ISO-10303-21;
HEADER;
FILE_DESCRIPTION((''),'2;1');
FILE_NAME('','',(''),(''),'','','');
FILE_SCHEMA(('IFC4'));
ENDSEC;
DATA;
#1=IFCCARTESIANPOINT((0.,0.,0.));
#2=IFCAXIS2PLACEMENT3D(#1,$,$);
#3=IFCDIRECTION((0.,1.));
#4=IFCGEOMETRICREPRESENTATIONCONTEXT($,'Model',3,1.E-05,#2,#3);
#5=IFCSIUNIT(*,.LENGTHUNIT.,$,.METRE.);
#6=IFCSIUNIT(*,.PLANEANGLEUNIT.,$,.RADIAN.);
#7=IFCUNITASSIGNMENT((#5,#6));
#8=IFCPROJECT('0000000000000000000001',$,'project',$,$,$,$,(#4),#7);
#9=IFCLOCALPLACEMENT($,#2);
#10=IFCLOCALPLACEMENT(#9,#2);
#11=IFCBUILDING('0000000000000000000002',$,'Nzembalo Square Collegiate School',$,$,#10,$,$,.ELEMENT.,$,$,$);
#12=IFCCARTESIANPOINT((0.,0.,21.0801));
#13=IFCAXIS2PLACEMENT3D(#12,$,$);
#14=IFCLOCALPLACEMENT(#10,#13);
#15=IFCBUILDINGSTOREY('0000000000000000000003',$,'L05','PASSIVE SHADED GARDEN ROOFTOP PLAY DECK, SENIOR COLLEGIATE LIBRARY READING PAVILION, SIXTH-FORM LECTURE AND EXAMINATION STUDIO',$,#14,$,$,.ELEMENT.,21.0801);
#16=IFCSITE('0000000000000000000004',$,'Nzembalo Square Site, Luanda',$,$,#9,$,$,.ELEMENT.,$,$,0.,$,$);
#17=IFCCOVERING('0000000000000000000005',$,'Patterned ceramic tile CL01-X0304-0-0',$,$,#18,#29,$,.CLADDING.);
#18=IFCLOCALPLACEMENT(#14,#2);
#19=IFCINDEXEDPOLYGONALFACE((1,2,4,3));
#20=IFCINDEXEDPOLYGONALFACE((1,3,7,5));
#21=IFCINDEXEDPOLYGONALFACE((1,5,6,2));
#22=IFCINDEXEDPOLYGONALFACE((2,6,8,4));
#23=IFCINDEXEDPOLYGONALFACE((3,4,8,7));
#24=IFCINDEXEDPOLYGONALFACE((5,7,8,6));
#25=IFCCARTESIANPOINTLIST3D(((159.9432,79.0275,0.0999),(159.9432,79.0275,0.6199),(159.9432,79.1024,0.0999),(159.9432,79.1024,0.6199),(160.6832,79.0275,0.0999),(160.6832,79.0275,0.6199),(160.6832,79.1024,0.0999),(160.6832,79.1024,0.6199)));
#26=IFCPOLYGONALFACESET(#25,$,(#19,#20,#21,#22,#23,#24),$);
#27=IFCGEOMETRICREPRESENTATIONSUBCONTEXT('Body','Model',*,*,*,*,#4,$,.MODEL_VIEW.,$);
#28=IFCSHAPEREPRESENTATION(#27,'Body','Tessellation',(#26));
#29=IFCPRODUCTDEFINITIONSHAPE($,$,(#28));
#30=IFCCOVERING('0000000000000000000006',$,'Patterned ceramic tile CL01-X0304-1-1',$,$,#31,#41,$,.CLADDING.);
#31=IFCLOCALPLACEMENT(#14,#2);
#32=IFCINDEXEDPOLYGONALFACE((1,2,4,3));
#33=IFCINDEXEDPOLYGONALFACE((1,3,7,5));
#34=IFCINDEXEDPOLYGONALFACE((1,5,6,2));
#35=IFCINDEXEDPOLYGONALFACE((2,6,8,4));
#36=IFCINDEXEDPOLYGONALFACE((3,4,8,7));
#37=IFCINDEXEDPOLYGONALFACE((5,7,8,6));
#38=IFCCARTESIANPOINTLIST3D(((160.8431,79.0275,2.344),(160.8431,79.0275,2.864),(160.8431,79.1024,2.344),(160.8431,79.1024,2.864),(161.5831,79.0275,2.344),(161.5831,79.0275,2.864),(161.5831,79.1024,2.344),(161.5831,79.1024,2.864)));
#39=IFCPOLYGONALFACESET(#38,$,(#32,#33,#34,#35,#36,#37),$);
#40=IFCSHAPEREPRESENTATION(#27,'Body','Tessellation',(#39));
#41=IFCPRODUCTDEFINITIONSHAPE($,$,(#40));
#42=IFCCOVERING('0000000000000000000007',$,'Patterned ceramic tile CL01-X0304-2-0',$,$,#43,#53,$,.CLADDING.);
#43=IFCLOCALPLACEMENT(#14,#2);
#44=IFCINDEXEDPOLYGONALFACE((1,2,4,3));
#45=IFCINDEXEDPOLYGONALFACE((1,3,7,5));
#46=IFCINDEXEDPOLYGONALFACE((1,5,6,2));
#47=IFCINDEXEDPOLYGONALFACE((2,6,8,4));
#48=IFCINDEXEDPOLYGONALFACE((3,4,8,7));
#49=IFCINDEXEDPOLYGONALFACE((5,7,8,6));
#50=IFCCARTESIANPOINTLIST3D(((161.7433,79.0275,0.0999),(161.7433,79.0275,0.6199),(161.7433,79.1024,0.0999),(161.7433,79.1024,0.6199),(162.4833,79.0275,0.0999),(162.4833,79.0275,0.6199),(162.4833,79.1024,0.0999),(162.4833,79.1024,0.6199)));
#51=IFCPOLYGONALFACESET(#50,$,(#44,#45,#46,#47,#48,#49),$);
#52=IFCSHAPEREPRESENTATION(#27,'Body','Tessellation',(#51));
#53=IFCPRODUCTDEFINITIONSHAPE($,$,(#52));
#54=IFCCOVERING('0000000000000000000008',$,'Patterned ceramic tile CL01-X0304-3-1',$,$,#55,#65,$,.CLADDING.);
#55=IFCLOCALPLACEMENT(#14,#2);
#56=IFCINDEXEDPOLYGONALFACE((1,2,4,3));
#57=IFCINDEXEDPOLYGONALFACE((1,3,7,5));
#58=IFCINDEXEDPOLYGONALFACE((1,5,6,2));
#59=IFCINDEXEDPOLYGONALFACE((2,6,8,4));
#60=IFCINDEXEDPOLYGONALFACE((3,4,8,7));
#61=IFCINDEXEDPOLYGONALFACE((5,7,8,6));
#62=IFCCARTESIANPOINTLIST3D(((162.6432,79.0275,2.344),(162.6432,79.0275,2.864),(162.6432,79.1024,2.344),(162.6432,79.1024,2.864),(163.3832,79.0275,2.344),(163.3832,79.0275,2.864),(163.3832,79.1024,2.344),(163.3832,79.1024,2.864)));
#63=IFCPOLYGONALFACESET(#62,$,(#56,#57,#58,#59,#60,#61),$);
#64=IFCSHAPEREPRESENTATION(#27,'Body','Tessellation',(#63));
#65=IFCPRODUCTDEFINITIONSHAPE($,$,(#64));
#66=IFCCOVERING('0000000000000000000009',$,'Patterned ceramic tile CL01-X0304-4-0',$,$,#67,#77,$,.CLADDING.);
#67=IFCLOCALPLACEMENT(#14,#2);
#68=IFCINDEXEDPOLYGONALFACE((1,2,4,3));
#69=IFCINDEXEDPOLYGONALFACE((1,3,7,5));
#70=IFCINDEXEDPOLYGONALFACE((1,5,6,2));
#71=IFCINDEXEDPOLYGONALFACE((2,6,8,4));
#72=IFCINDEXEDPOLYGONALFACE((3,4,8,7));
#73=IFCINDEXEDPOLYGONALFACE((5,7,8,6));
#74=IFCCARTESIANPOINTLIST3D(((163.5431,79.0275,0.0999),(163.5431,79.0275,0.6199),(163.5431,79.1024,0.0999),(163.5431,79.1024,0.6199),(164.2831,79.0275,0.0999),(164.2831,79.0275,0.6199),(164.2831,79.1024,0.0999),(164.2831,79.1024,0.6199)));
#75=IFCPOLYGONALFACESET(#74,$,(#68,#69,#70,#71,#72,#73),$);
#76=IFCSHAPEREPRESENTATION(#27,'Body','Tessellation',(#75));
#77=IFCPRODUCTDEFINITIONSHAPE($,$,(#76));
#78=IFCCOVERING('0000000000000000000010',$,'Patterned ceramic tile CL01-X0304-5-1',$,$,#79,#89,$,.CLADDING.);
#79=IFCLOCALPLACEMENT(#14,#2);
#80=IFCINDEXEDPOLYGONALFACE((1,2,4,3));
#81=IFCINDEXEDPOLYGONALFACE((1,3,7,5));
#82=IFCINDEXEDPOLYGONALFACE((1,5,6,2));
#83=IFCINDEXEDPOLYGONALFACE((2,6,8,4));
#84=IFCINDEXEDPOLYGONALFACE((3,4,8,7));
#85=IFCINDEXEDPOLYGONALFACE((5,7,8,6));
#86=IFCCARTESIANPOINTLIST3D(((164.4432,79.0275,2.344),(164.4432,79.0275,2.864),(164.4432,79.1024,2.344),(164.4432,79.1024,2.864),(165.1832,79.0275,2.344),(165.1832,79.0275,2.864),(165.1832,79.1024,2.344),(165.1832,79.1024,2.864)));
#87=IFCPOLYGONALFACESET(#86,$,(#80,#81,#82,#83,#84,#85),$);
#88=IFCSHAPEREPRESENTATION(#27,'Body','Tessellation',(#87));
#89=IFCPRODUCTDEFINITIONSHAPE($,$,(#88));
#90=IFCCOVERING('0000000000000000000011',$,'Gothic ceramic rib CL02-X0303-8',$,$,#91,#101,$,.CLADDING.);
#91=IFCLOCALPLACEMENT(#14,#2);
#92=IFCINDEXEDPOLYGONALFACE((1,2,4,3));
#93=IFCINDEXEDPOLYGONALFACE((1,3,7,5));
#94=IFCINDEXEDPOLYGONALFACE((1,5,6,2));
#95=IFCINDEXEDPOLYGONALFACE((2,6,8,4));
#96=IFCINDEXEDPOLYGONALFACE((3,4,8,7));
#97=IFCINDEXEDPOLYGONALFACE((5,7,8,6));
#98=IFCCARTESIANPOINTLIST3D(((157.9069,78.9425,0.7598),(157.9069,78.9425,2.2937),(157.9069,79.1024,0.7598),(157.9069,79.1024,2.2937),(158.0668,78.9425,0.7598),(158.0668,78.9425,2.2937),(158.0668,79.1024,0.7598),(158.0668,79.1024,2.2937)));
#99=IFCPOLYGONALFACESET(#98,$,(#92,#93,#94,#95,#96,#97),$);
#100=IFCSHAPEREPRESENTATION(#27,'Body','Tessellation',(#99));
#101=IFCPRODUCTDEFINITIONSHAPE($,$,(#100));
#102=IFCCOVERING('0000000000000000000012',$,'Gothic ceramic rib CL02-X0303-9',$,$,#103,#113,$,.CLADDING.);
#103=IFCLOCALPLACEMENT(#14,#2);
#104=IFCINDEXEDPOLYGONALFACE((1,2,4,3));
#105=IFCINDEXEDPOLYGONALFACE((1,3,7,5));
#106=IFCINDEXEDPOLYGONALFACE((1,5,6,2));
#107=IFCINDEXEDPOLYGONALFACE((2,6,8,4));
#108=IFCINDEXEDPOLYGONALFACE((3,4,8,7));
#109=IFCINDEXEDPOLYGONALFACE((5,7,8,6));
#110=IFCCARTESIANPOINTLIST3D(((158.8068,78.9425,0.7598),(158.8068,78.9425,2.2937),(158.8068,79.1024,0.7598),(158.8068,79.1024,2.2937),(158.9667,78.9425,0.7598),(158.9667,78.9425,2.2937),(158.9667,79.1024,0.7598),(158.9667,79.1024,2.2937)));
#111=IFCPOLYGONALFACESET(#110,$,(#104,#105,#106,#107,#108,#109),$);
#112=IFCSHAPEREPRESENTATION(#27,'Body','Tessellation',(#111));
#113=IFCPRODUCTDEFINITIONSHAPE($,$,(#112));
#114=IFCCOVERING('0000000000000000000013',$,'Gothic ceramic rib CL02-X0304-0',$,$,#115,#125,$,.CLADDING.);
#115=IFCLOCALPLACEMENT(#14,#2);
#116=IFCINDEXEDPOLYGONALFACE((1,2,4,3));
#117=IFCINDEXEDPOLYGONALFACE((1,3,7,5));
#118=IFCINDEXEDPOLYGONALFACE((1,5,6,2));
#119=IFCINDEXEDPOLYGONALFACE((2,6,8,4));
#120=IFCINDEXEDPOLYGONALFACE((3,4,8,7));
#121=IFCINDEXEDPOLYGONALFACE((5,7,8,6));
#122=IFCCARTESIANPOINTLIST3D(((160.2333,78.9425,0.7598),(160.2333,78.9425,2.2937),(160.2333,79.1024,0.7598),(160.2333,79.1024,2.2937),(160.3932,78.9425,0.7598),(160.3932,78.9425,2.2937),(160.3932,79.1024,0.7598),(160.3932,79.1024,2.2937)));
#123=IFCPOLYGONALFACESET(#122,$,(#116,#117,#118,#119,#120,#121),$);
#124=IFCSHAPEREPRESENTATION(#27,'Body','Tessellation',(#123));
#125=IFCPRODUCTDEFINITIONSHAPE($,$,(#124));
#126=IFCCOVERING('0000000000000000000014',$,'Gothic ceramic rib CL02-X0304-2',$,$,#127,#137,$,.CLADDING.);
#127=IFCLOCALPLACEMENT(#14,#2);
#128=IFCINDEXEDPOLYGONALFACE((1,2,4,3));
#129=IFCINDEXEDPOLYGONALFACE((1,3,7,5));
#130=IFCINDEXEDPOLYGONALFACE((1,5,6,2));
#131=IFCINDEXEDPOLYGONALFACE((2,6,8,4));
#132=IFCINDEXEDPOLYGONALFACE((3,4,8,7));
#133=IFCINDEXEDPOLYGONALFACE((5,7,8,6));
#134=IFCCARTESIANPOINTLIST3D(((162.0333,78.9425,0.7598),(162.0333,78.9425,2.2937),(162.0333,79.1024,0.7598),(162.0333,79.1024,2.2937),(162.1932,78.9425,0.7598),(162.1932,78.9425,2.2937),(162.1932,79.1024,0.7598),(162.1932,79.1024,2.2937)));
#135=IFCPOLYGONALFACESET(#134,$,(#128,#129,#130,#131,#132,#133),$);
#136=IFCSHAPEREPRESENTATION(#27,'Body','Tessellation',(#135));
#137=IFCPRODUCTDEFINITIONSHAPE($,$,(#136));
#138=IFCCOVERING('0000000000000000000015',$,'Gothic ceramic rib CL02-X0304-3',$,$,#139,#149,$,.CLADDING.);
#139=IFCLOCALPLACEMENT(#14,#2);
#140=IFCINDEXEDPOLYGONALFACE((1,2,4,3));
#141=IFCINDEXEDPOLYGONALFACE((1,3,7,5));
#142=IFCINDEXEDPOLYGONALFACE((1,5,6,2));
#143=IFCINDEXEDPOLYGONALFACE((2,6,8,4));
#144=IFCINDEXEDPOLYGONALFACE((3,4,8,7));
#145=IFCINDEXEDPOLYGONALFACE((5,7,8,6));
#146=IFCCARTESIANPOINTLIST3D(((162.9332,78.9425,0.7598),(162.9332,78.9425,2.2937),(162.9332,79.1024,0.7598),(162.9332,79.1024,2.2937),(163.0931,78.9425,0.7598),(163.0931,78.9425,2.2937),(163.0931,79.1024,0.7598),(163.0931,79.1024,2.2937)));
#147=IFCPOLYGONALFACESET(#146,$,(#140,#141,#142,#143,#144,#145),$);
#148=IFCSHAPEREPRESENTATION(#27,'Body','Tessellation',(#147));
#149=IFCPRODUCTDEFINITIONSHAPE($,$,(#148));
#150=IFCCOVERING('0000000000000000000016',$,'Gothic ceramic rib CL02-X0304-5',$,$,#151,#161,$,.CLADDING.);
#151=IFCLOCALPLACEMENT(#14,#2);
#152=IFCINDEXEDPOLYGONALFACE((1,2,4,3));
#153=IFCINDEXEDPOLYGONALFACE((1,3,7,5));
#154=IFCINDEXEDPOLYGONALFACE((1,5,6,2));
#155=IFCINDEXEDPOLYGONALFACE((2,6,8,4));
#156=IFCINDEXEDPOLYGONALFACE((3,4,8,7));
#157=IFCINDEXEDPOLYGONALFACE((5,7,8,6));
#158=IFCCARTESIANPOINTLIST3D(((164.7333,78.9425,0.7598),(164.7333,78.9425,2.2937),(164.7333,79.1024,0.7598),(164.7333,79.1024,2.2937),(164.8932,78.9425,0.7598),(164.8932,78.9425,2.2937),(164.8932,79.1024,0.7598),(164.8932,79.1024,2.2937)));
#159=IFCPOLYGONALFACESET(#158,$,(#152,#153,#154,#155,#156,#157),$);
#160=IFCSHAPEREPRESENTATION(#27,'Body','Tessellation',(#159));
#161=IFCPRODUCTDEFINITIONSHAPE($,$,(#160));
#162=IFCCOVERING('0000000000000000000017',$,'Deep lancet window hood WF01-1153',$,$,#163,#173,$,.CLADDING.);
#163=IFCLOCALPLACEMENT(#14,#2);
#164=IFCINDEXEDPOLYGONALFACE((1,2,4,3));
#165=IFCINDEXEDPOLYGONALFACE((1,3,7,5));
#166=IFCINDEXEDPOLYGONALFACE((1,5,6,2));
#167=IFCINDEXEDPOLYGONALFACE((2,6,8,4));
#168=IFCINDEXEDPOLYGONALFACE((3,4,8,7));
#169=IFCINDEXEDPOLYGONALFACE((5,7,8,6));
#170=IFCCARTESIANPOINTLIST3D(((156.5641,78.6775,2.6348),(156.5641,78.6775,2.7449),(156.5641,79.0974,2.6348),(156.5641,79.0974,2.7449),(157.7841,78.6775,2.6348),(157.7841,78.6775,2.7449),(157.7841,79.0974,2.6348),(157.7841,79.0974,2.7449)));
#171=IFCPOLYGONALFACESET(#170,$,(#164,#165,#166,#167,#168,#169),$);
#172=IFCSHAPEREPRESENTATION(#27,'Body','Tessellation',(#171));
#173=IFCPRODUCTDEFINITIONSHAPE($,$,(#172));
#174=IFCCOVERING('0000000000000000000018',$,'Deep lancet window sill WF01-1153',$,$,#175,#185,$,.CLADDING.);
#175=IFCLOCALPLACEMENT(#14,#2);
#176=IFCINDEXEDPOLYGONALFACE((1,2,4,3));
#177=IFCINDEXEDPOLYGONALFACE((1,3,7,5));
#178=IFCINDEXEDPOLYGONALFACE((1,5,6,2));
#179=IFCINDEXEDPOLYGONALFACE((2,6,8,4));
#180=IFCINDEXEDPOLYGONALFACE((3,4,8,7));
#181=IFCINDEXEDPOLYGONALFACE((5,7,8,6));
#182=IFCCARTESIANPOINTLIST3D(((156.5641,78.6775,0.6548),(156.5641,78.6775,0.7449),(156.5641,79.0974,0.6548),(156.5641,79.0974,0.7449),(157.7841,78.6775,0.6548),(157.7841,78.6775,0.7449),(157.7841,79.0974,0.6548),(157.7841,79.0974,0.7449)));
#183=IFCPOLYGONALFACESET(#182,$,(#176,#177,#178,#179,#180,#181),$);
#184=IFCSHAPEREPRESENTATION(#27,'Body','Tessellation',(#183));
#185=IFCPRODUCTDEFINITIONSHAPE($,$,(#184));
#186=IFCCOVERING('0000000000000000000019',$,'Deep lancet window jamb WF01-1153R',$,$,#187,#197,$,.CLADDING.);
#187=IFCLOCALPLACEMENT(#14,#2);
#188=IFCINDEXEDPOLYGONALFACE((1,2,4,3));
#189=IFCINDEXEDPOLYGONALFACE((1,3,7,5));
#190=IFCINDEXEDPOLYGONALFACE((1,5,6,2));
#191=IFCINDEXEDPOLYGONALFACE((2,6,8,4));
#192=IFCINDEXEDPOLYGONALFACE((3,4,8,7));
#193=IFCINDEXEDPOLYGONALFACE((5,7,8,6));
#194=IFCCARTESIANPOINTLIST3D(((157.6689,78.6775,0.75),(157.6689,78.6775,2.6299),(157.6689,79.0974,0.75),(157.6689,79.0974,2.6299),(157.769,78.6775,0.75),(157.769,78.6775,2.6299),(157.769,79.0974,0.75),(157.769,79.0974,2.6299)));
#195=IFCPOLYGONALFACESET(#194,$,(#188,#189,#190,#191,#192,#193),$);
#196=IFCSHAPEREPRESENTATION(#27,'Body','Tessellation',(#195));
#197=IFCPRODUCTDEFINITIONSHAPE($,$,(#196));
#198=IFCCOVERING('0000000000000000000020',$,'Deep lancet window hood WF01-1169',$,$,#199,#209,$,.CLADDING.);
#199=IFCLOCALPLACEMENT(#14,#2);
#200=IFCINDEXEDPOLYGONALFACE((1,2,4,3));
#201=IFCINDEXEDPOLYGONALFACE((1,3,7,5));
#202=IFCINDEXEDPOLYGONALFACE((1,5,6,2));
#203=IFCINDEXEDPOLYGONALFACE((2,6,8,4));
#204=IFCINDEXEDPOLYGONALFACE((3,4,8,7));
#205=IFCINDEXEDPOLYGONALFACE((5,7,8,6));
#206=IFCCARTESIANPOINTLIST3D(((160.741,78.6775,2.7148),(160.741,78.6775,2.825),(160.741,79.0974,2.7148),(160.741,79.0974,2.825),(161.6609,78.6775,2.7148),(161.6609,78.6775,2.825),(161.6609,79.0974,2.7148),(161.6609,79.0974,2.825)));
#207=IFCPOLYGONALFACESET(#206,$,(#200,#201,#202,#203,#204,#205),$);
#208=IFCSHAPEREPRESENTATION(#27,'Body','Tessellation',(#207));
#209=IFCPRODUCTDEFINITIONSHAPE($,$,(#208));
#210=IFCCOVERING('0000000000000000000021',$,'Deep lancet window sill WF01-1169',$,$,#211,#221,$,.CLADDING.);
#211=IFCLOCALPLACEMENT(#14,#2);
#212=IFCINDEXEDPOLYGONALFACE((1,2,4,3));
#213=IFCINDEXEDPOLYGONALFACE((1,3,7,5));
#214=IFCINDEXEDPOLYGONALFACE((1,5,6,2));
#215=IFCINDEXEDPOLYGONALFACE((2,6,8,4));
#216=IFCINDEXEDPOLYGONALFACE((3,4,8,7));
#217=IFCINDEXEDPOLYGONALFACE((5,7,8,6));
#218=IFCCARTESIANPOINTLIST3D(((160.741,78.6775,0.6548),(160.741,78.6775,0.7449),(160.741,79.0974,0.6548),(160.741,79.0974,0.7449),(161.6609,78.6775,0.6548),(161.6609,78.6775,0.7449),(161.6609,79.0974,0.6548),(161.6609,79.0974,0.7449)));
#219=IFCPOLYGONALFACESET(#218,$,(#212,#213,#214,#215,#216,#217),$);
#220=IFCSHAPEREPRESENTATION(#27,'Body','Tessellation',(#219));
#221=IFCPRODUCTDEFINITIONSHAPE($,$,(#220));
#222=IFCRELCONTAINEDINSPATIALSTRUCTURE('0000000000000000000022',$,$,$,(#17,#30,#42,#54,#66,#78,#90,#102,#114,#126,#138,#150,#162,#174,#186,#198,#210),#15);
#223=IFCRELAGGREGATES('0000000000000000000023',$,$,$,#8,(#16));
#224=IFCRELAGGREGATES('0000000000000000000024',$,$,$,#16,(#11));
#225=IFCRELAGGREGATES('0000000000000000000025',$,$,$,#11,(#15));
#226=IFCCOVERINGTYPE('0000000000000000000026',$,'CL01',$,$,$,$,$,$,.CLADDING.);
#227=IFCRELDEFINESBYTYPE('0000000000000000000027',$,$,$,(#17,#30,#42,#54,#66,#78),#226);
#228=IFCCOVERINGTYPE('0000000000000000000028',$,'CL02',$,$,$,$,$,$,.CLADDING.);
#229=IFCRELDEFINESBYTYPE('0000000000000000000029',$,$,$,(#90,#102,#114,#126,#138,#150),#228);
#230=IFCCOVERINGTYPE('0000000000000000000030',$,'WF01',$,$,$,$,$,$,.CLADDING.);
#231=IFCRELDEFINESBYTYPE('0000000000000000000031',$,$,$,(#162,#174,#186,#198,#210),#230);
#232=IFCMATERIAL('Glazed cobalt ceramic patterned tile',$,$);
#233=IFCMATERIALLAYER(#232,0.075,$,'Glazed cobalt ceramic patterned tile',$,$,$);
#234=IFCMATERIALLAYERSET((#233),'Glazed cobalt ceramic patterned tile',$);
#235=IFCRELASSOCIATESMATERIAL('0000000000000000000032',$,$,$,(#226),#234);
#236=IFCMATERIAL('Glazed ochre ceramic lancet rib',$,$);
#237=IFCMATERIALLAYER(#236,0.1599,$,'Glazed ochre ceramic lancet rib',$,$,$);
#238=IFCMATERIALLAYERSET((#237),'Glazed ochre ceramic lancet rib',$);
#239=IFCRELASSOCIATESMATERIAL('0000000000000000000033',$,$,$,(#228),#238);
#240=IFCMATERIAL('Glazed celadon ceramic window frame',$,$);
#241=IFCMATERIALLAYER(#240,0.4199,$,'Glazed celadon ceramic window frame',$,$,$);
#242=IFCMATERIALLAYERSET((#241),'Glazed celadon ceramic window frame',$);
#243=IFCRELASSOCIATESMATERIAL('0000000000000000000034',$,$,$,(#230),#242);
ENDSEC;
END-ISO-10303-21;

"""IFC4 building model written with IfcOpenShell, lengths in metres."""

from ifc_helpers import new_model, si_unit, direction, frame, origin, origin_2d, place, context, subcontext, project, spatial, rectangle, extrude, material, layer, layer_set, type_object, element, save


model = new_model("IFC4")

# Units and contexts
model_context = context("Model", 3, precision=1e-05, world=origin(), true_north=direction((0.0, 1.0)))
body_context = subcontext(model_context, "Body", "Model", "MODEL_VIEW")
ifc_project = project(units=[si_unit("LENGTHUNIT", "METRE"), si_unit("PLANEANGLEUNIT", "RADIAN")], contexts=[model_context])

# Site, building, storey
site_placement = place(None, origin())
site = spatial("IfcSite", under=ifc_project, at=site_placement, Name="Nzembalo Square Site, Luanda", CompositionType="ELEMENT", RefElevation=0.0)
building_placement = place(site_placement, origin())
building = spatial("IfcBuilding", under=site, at=building_placement, Name="Nzembalo Square Collegiate School", CompositionType="ELEMENT")
storey_placement = place(building_placement, frame((0.0, 0.0, 21.0801)))
storey = spatial("IfcBuildingStorey", under=building, at=storey_placement, Name="L05", Description="PASSIVE SHADED GARDEN ROOFTOP PLAY DECK, SENIOR COLLEGIATE LIBRARY READING PAVILION, SIXTH-FORM LECTURE AND EXAMINATION STUDIO", CompositionType="ELEMENT", Elevation=21.0801)

# Coverings
ifc_material_1 = material(Name="Glazed cobalt ceramic patterned tile")
ifc_layer_1 = layer(ifc_material_1, 0.075, Name="Glazed cobalt ceramic patterned tile")
ifc_layer_set_1 = layer_set([ifc_layer_1], Name="Glazed cobalt ceramic patterned tile")
covering_type_1 = type_object("IfcCoveringType", Name="CL01", PredefinedType="CLADDING", material=ifc_layer_set_1)
for number, where, z_axis, x_axis, name in (
    (1, (160.3132, 79.0649, 0.0999), (0.0, 0.0, 1.0), (1.0, 0.0, 0.0), "Patterned ceramic tile CL01-X0304-0-0"),
    (2, (161.2131, 79.0649, 2.344), (0.0, 0.0, 1.0), (1.0, 0.0, 0.0), "Patterned ceramic tile CL01-X0304-1-1"),
    (3, (162.1133, 79.0649, 0.0999), (0.0, 0.0, 1.0), (1.0, 0.0, 0.0), "Patterned ceramic tile CL01-X0304-2-0"),
    (4, (163.0132, 79.0649, 2.344), (0.0, 0.0, 1.0), (1.0, 0.0, 0.0), "Patterned ceramic tile CL01-X0304-3-1"),
    (5, (163.9131, 79.0649, 0.0999), (0.0, 0.0, 1.0), (1.0, 0.0, 0.0), "Patterned ceramic tile CL01-X0304-4-0"),
    (6, (164.8132, 79.0649, 2.344), (0.0, 0.0, 1.0), (1.0, 0.0, 0.0), "Patterned ceramic tile CL01-X0304-5-1"),
):
    element("IfcCovering", number, at=place(storey_placement, frame(where, z_axis=z_axis, x_axis=x_axis)), inside=storey, type_object=covering_type_1, Name=name, PredefinedType="CLADDING", context=body_context, shape_type="SweptSolid", body=[
        extrude(rectangle(XDim=0.74, YDim=0.075, at=origin_2d()), origin(), (0.0, 0.0, 1.0), 0.52),
    ])
ifc_material_2 = material(Name="Glazed ochre ceramic lancet rib")
ifc_layer_2 = layer(ifc_material_2, 0.1599, Name="Glazed ochre ceramic lancet rib")
ifc_layer_set_2 = layer_set([ifc_layer_2], Name="Glazed ochre ceramic lancet rib")
covering_type_2 = type_object("IfcCoveringType", Name="CL02", PredefinedType="CLADDING", material=ifc_layer_set_2)
for number, where, z_axis, x_axis, name in (
    (7, (157.9868, 79.0225, 0.7598), (0.0, 0.0, 1.0), (1.0, 0.0, 0.0), "Gothic ceramic rib CL02-X0303-8"),
    (8, (158.8867, 79.0225, 0.7598), (0.0, 0.0, 1.0), (1.0, 0.0, 0.0), "Gothic ceramic rib CL02-X0303-9"),
    (9, (160.3132, 79.0225, 0.7598), (0.0, 0.0, 1.0), (1.0, 0.0, 0.0), "Gothic ceramic rib CL02-X0304-0"),
    (10, (162.1133, 79.0225, 0.7598), (0.0, 0.0, 1.0), (1.0, 0.0, 0.0), "Gothic ceramic rib CL02-X0304-2"),
    (11, (163.0132, 79.0225, 0.7598), (0.0, 0.0, 1.0), (1.0, 0.0, 0.0), "Gothic ceramic rib CL02-X0304-3"),
    (12, (164.8132, 79.0225, 0.7598), (0.0, 0.0, 1.0), (1.0, 0.0, 0.0), "Gothic ceramic rib CL02-X0304-5"),
):
    element("IfcCovering", number, at=place(storey_placement, frame(where, z_axis=z_axis, x_axis=x_axis)), inside=storey, type_object=covering_type_2, Name=name, PredefinedType="CLADDING", context=body_context, shape_type="SweptSolid", body=[
        extrude(rectangle(XDim=0.1599, YDim=0.1599, at=origin_2d()), origin(), (0.0, 0.0, 1.0), 1.5339),
    ])
ifc_material_3 = material(Name="Glazed celadon ceramic window frame")
ifc_layer_3 = layer(ifc_material_3, 0.4199, Name="Glazed celadon ceramic window frame")
ifc_layer_set_3 = layer_set([ifc_layer_3], Name="Glazed celadon ceramic window frame")
covering_type_3 = type_object("IfcCoveringType", Name="WF01", PredefinedType="CLADDING", material=ifc_layer_set_3)
covering_1_placement = place(storey_placement, frame((157.1741, 78.8875, 2.6348), z_axis=(0.0, 0.0, 1.0), x_axis=(1.0, 0.0, 0.0)))
element("IfcCovering", 13, at=covering_1_placement, inside=storey, type_object=covering_type_3, Name="Deep lancet window hood WF01-1153", PredefinedType="CLADDING", context=body_context, shape_type="SweptSolid", body=[
    extrude(rectangle(XDim=1.22, YDim=0.4199, at=origin_2d()), origin(), (0.0, 0.0, 1.0), 0.1101),
])
covering_2_placement = place(storey_placement, frame((157.1741, 78.8875, 0.6548), z_axis=(0.0, 0.0, 1.0), x_axis=(1.0, 0.0, 0.0)))
element("IfcCovering", 14, at=covering_2_placement, inside=storey, type_object=covering_type_3, Name="Deep lancet window sill WF01-1153", PredefinedType="CLADDING", context=body_context, shape_type="SweptSolid", body=[
    extrude(rectangle(XDim=1.22, YDim=0.4199, at=origin_2d()), origin(), (0.0, 0.0, 1.0), 0.0901),
])
covering_3_placement = place(storey_placement, frame((157.719, 78.8875, 0.75), z_axis=(0.0, 0.0, 1.0), x_axis=(1.0, 0.0, 0.0)))
element("IfcCovering", 15, at=covering_3_placement, inside=storey, type_object=covering_type_3, Name="Deep lancet window jamb WF01-1153R", PredefinedType="CLADDING", context=body_context, shape_type="SweptSolid", body=[
    extrude(rectangle(XDim=0.1001, YDim=0.4199, at=origin_2d()), origin(), (0.0, 0.0, 1.0), 1.8799),
])
covering_4_placement = place(storey_placement, frame((161.2009, 78.8875, 2.7148), z_axis=(0.0, 0.0, 1.0), x_axis=(1.0, 0.0, 0.0)))
element("IfcCovering", 16, at=covering_4_placement, inside=storey, type_object=covering_type_3, Name="Deep lancet window hood WF01-1169", PredefinedType="CLADDING", context=body_context, shape_type="SweptSolid", body=[
    extrude(rectangle(XDim=0.9199, YDim=0.4199, at=origin_2d()), origin(), (0.0, 0.0, 1.0), 0.1101),
])
covering_5_placement = place(storey_placement, frame((161.2009, 78.8875, 0.6548), z_axis=(0.0, 0.0, 1.0), x_axis=(1.0, 0.0, 0.0)))
element("IfcCovering", 17, at=covering_5_placement, inside=storey, type_object=covering_type_3, Name="Deep lancet window sill WF01-1169", PredefinedType="CLADDING", context=body_context, shape_type="SweptSolid", body=[
    extrude(rectangle(XDim=0.9199, YDim=0.4199, at=origin_2d()), origin(), (0.0, 0.0, 1.0), 0.0901),
])

save(model, "model.ifc")
